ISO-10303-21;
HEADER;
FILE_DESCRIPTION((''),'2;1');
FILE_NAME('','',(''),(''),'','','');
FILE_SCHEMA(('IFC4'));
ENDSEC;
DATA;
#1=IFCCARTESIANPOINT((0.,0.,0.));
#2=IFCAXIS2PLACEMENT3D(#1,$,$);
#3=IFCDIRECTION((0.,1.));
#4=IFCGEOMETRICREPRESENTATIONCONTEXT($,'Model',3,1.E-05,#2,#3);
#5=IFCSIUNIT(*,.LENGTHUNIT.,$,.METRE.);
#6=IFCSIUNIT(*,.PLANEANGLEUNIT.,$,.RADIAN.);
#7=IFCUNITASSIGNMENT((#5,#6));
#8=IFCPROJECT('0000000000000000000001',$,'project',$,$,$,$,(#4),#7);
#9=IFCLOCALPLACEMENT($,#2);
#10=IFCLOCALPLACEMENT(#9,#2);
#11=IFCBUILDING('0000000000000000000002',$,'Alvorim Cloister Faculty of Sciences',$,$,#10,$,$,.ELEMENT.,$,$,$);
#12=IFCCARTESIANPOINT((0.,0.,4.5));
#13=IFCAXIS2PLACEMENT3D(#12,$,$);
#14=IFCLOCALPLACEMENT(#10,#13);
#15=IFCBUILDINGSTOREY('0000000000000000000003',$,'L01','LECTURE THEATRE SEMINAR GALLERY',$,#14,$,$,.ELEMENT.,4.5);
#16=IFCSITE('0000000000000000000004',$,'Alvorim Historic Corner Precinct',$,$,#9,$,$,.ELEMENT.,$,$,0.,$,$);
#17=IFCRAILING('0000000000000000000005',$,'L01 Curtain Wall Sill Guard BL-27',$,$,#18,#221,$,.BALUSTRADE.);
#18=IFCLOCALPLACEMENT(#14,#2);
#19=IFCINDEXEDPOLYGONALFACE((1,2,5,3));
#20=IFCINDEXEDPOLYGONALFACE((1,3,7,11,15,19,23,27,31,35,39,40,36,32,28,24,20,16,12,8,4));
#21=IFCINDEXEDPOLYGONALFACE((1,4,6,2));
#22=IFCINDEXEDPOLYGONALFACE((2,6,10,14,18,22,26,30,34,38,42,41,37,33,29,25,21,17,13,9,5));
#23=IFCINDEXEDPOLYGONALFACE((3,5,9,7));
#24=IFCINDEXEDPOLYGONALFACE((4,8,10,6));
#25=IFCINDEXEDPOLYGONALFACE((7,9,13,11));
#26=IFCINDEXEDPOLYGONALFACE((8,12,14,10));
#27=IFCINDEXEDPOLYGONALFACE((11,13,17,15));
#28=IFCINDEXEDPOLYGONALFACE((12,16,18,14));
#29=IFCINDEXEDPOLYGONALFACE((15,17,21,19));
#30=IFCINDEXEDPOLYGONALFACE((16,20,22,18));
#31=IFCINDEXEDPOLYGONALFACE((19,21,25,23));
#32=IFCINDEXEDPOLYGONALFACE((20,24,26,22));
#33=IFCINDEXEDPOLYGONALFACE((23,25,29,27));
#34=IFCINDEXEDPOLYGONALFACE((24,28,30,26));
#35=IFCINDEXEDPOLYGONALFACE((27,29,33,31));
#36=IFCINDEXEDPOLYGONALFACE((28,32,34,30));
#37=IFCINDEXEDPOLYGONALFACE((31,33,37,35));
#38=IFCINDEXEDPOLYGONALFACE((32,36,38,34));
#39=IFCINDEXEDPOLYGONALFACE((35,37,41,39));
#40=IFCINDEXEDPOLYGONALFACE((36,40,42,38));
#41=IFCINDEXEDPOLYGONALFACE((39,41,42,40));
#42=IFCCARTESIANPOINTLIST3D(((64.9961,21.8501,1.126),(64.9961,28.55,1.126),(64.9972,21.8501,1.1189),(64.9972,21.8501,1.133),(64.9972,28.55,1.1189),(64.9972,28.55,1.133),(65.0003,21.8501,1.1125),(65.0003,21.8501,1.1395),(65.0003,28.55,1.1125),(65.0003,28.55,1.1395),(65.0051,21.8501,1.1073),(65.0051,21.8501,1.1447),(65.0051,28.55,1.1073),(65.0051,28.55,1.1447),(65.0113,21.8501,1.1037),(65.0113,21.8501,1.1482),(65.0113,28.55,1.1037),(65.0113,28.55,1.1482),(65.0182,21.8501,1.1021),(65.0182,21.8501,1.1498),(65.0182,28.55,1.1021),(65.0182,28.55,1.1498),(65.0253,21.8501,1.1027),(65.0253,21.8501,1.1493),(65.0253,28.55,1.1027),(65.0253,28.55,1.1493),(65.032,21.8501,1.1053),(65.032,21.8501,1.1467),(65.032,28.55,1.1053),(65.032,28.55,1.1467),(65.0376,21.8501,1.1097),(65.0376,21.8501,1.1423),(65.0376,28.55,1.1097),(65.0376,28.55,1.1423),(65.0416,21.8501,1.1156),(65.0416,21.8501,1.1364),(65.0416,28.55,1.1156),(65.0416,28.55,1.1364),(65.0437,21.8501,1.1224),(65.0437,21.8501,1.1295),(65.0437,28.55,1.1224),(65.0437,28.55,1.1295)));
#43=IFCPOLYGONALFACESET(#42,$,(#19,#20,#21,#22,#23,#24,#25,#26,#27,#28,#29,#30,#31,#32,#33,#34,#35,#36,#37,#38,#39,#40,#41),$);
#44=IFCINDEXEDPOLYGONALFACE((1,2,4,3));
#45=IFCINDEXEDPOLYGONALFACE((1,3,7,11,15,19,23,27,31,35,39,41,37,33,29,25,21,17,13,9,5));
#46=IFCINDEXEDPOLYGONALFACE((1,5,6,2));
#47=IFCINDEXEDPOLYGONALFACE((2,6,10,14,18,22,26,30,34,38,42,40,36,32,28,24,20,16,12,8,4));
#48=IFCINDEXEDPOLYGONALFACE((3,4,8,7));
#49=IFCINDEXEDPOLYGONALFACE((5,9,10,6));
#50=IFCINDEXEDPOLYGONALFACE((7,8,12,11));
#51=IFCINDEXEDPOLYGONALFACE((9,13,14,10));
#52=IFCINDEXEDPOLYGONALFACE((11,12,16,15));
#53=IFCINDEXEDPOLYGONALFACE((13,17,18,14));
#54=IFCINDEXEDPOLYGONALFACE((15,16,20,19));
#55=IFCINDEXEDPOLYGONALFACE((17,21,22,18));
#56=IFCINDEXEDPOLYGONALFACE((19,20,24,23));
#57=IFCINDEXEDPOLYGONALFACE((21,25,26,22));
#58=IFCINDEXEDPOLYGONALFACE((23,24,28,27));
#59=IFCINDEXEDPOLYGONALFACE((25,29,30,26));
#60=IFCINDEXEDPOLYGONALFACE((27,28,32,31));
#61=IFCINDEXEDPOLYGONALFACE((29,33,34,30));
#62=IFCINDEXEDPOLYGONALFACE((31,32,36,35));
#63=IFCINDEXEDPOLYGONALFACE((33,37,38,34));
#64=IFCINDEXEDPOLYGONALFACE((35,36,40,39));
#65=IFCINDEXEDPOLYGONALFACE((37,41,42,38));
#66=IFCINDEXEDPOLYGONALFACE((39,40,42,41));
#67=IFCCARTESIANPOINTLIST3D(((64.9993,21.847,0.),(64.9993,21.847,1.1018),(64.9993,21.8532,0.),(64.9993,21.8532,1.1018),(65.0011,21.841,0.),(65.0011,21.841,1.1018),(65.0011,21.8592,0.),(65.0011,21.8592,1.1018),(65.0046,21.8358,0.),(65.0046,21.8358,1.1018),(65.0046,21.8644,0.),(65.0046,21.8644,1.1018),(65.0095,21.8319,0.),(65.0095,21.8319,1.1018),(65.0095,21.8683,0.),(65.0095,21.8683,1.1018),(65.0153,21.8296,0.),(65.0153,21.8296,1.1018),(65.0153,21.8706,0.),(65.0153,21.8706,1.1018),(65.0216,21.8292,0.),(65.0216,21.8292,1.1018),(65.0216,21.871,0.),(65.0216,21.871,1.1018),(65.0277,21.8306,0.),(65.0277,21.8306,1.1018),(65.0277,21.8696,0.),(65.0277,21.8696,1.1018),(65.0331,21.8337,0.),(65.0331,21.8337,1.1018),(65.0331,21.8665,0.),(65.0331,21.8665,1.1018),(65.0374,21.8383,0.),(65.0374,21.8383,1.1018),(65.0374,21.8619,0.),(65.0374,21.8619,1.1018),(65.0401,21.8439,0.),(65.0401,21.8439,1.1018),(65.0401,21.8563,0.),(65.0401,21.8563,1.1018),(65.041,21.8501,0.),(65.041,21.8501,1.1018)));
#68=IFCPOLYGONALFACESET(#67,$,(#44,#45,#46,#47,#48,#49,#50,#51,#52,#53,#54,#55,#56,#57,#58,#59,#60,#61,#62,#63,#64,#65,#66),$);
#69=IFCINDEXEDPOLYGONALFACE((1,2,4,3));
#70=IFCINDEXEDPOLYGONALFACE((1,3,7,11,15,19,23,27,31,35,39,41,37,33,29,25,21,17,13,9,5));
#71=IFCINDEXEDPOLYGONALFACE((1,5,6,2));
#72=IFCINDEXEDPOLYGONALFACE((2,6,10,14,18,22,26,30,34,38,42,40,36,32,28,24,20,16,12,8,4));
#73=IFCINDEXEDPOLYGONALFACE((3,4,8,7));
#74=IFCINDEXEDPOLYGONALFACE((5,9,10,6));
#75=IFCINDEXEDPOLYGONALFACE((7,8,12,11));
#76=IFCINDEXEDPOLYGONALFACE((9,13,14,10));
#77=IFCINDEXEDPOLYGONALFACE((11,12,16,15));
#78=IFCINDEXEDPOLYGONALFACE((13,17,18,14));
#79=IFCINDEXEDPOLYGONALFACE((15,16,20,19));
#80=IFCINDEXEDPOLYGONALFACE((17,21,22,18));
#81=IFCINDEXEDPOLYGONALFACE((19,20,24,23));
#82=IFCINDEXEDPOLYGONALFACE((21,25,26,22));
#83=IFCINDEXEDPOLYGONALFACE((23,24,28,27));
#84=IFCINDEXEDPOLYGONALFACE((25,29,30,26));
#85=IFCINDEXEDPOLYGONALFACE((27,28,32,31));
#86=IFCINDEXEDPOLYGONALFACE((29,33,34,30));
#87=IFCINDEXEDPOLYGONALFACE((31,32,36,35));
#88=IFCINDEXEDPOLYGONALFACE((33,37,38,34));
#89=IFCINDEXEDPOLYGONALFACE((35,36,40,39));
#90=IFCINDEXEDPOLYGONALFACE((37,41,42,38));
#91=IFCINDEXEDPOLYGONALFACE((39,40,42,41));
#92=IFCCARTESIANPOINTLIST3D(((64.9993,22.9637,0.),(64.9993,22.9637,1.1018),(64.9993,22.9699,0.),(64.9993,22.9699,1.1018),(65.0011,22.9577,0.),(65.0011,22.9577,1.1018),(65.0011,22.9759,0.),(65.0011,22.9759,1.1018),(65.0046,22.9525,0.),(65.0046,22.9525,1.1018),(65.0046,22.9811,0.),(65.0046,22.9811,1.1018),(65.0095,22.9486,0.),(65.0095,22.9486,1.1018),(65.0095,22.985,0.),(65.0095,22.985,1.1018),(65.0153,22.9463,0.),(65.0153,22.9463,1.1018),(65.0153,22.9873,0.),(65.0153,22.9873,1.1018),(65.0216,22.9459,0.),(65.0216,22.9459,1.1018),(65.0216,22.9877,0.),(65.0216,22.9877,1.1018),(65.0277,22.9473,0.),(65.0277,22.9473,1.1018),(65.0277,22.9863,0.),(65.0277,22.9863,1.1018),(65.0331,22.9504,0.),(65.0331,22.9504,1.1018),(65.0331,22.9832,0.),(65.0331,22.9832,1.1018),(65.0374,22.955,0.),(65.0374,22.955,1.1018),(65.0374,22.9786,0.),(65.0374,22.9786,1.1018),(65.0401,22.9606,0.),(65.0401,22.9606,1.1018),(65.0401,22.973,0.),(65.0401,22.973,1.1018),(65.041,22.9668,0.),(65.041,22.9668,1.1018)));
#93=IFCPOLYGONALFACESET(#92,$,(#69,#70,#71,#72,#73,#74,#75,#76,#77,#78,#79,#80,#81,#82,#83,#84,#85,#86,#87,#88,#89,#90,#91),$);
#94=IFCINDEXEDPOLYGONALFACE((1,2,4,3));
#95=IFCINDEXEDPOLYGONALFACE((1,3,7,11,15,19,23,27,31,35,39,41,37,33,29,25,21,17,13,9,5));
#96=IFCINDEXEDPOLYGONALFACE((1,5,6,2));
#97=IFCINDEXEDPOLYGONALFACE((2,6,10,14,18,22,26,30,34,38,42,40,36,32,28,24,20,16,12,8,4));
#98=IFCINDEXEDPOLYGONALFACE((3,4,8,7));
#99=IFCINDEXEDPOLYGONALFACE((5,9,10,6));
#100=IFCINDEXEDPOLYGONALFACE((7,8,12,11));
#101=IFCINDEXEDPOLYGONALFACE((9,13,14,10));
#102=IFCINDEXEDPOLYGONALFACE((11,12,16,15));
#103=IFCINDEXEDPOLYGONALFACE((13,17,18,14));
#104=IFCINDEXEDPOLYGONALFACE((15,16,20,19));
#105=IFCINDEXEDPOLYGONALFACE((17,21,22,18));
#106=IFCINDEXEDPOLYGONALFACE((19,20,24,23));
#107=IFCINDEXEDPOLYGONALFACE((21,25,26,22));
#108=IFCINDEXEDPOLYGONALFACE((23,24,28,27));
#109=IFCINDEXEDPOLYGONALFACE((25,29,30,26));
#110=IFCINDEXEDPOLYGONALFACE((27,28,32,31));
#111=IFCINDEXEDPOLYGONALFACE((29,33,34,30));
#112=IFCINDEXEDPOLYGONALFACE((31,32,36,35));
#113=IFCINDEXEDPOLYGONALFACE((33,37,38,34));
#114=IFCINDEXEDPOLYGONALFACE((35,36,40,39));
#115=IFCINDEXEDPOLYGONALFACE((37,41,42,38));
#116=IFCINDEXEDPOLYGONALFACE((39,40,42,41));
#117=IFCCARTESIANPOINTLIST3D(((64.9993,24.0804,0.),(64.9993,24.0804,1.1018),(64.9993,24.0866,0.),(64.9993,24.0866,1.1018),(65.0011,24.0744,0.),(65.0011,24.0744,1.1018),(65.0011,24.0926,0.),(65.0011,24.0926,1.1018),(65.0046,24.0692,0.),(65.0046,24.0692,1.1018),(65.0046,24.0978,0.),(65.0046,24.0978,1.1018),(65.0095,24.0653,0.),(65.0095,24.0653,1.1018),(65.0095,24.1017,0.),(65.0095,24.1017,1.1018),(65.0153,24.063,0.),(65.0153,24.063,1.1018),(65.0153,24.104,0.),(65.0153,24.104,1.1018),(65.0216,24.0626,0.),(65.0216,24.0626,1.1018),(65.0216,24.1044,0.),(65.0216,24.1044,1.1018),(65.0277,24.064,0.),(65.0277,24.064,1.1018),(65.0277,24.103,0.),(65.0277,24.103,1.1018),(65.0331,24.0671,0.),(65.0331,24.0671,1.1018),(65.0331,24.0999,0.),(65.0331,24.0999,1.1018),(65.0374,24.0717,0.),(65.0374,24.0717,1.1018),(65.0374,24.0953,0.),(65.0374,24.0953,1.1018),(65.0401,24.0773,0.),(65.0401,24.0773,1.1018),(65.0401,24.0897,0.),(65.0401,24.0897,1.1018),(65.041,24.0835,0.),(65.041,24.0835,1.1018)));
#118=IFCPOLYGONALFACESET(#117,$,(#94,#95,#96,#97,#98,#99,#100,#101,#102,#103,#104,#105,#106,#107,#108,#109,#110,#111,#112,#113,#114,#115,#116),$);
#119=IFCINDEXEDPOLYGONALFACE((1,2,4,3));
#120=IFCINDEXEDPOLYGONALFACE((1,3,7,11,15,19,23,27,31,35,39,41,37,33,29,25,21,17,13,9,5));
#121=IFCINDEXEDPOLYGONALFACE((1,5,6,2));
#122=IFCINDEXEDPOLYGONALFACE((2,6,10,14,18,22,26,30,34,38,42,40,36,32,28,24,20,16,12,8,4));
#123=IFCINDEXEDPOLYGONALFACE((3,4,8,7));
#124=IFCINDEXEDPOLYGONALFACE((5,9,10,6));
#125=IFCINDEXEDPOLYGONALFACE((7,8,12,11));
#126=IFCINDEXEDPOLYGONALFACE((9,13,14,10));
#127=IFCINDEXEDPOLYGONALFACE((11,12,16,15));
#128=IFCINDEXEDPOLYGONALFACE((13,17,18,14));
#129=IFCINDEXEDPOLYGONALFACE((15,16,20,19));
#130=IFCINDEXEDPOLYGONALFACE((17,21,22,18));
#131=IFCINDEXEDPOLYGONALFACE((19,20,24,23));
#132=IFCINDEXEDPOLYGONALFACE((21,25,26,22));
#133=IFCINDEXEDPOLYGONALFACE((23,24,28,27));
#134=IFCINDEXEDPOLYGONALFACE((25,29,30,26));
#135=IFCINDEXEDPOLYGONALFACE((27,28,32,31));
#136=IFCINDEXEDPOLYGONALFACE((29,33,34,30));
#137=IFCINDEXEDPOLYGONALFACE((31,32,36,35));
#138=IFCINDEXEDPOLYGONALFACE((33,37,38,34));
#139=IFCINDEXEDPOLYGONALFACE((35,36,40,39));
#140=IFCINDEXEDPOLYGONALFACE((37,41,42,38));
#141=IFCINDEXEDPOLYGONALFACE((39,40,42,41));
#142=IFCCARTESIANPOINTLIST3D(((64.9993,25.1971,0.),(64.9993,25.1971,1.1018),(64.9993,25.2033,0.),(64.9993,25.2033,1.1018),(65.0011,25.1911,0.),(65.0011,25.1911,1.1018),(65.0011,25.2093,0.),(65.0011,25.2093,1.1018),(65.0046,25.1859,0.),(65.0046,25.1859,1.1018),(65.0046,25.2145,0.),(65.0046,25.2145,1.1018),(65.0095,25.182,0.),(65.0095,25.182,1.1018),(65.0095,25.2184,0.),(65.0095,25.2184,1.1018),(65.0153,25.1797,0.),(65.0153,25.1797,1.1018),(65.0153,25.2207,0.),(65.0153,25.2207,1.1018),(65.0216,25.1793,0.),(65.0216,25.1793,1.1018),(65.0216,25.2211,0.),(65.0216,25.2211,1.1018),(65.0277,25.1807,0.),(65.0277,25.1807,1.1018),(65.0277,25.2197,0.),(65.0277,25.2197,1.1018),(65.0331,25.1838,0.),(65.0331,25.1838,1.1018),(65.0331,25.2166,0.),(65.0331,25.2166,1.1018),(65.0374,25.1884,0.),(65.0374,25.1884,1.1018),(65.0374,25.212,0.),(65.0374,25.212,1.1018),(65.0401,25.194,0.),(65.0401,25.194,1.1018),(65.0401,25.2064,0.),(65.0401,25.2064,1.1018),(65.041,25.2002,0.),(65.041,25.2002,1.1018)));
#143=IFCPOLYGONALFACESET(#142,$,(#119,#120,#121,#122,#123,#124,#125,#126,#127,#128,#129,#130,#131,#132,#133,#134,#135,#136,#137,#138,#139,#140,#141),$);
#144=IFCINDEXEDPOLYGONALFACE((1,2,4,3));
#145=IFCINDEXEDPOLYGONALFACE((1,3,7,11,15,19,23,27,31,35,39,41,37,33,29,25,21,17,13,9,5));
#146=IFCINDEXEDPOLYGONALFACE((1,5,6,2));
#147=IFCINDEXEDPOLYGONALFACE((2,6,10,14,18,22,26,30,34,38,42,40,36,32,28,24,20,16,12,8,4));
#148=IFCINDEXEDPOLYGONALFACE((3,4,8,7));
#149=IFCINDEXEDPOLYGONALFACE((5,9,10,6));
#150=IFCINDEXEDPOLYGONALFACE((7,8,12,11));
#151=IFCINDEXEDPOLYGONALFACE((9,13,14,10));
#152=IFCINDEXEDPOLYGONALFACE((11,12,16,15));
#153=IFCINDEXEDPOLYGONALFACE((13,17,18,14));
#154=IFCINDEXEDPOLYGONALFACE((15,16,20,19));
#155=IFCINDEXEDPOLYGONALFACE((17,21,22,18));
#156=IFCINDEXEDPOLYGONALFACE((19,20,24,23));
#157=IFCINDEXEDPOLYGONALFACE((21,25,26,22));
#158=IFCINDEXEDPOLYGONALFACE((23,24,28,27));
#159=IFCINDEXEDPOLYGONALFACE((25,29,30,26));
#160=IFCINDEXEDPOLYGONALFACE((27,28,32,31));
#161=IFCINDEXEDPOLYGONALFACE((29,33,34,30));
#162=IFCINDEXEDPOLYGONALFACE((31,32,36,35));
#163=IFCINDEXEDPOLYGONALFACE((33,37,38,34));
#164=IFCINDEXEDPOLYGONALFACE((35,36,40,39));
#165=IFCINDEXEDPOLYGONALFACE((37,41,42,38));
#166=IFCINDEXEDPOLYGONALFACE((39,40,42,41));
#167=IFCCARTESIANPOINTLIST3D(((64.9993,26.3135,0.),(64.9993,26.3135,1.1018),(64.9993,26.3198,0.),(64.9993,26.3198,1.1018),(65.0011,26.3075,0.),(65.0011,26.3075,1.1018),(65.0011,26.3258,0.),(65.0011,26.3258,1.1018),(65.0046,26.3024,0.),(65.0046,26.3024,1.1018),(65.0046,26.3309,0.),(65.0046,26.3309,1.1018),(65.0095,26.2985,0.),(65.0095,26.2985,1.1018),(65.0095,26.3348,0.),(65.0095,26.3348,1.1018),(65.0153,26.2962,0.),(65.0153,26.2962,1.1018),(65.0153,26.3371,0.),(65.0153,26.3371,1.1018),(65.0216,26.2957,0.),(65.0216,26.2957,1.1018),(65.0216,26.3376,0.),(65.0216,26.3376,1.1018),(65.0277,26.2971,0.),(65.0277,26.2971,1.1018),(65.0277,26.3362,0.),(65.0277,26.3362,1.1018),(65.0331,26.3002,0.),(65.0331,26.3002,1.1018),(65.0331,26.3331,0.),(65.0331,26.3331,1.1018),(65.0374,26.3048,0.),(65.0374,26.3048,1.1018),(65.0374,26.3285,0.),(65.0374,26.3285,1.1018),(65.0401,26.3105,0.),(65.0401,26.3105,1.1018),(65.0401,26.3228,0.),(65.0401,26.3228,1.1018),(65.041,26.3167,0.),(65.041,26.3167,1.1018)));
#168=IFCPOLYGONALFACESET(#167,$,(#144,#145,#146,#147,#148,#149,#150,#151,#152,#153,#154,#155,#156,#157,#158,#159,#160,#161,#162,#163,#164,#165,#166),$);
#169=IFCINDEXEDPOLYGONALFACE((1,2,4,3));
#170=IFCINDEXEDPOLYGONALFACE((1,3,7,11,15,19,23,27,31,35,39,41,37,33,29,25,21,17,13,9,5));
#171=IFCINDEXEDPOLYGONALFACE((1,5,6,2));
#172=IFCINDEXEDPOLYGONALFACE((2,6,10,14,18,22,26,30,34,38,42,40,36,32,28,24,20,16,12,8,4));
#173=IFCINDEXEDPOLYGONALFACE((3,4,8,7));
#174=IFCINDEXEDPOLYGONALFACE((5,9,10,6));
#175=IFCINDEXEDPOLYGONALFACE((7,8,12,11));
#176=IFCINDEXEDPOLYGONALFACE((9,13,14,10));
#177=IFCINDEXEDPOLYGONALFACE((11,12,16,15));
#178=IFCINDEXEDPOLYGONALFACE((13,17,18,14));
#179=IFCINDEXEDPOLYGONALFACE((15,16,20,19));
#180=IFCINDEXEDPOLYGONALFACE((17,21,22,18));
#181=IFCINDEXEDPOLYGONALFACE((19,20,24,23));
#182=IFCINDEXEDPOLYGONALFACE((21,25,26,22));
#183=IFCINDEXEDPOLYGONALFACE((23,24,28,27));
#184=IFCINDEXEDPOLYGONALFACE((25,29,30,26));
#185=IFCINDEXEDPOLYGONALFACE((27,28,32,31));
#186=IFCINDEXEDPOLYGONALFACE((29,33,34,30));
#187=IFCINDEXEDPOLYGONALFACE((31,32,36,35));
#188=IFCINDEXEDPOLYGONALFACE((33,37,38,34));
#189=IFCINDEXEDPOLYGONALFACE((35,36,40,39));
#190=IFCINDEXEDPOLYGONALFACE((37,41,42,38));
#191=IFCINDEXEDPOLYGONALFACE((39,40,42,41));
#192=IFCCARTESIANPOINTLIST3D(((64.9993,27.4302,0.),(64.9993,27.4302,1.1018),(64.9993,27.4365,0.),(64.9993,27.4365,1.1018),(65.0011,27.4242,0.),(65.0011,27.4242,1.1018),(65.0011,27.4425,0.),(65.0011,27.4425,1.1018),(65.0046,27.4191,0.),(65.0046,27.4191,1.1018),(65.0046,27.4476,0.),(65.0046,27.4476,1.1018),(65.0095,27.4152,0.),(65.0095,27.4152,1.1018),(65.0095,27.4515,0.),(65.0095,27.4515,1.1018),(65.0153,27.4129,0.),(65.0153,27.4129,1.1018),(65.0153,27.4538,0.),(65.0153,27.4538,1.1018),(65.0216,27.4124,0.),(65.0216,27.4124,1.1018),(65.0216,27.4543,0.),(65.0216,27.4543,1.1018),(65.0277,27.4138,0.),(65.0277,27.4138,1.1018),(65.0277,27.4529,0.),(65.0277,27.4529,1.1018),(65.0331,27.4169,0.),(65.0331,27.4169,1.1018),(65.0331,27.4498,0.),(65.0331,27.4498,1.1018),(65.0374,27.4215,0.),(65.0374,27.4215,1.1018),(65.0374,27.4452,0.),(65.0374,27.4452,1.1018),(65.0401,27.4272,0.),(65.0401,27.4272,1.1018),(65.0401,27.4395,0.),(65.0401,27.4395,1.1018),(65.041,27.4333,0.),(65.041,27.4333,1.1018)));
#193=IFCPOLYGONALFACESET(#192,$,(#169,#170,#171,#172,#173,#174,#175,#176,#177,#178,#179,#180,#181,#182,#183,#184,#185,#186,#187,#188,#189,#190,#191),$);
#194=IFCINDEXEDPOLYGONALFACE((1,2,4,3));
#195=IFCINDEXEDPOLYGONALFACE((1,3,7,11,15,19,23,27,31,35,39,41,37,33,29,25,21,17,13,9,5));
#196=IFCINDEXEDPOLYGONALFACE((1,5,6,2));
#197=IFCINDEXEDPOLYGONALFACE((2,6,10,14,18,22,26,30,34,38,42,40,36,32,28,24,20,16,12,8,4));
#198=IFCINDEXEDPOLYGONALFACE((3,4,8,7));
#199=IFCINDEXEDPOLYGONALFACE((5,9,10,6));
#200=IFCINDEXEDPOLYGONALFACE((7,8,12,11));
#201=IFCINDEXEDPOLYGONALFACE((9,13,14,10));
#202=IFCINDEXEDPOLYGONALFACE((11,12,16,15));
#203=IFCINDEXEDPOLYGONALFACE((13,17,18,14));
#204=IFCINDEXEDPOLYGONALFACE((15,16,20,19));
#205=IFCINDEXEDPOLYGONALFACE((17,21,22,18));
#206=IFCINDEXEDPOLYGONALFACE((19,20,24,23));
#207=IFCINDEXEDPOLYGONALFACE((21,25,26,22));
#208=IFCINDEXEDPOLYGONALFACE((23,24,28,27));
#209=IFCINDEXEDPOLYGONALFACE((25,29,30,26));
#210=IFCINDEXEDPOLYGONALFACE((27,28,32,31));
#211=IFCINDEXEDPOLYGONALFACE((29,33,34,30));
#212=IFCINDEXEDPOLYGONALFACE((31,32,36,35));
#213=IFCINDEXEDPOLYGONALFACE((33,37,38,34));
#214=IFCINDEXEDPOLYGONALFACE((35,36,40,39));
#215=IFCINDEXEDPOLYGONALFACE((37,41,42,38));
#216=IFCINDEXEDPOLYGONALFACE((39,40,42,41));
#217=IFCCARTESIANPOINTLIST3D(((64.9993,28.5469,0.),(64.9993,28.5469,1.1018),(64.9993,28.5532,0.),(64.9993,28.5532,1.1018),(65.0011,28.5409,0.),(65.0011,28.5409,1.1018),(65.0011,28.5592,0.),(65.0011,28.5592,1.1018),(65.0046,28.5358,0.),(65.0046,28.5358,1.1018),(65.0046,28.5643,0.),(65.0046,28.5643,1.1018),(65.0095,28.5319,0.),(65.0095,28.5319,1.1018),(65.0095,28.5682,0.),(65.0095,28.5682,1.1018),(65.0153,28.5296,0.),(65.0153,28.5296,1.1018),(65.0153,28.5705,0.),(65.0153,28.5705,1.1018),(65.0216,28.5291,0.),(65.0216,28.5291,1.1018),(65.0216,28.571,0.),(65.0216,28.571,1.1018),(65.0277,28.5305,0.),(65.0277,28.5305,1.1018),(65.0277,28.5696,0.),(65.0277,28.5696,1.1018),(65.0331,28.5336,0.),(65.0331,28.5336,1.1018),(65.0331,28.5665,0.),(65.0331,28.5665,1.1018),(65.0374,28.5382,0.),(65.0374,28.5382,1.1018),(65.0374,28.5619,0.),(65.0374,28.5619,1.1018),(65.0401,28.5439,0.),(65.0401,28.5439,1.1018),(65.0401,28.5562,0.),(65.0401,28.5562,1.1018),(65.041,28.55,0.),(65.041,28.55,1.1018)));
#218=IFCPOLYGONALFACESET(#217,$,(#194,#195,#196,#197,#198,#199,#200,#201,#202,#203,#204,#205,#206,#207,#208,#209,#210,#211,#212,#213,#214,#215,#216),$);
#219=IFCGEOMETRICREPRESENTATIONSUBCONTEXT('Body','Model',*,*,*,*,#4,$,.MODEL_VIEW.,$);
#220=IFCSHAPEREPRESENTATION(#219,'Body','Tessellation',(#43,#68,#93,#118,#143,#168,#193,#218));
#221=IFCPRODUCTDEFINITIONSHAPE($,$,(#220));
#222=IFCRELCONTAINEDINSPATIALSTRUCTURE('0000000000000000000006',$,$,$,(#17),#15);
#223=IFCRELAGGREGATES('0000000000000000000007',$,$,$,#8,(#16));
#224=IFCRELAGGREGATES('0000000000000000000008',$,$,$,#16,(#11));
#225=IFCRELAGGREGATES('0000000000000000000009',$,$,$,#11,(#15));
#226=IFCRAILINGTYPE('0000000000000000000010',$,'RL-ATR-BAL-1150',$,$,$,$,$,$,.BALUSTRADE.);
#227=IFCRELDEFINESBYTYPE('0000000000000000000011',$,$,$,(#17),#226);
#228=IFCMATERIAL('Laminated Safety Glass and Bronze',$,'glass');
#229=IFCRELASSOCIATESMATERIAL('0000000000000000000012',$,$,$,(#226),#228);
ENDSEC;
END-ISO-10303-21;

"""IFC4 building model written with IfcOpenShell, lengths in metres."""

from ifc_helpers import new_model, si_unit, direction, frame, origin, origin_2d, place, context, subcontext, project, spatial, circle, extrude, material, type_object, element, save


model = new_model("IFC4")

# Units and contexts
model_context = context("Model", 3, precision=1e-05, world=origin(), true_north=direction((0.0, 1.0)))
body_context = subcontext(model_context, "Body", "Model", "MODEL_VIEW")
ifc_project = project(units=[si_unit("LENGTHUNIT", "METRE"), si_unit("PLANEANGLEUNIT", "RADIAN")], contexts=[model_context])

# Site, building, storey
site_placement = place(None, origin())
site = spatial("IfcSite", under=ifc_project, at=site_placement, Name="Alvorim Historic Corner Precinct", CompositionType="ELEMENT", RefElevation=0.0)
building_placement = place(site_placement, origin())
building = spatial("IfcBuilding", under=site, at=building_placement, Name="Alvorim Cloister Faculty of Sciences", CompositionType="ELEMENT")
storey_placement = place(building_placement, frame((0.0, 0.0, 4.5)))
storey = spatial("IfcBuildingStorey", under=building, at=storey_placement, Name="L01", Description="LECTURE THEATRE SEMINAR GALLERY", CompositionType="ELEMENT", Elevation=4.5)

# Railing
ifc_material_1 = material(Name="Laminated Safety Glass and Bronze", Category="glass")
railing_type_1 = type_object("IfcRailingType", Name="RL-ATR-BAL-1150", PredefinedType="BALUSTRADE", material=ifc_material_1)
railing_1_placement = place(storey_placement, frame((65.02, 21.8501, 0.0)))
element("IfcRailing", 1, at=railing_1_placement, inside=storey, type_object=railing_type_1, Name="L01 Curtain Wall Sill Guard BL-27", PredefinedType="BALUSTRADE", context=body_context, shape_type="SweptSolid", body=[
    extrude(circle(Radius=0.0239, at=origin_2d()), frame((0.0, 0.0, 1.126), z_axis=(0.0, 1.0, 0.0), x_axis=(-1.0, 0.0, 0.0)), (0.0, 0.0, 1.0), 6.7),
    extrude(circle(Radius=0.021, at=origin_2d()), origin(), (0.0, 0.0, 1.0), 1.1018),
    extrude(circle(Radius=0.021, at=origin_2d()), frame((0.0, 1.1167, 0.0)), (0.0, 0.0, 1.0), 1.1018),
    extrude(circle(Radius=0.021, at=origin_2d()), frame((0.0, 2.2334, 0.0)), (0.0, 0.0, 1.0), 1.1018),
    extrude(circle(Radius=0.021, at=origin_2d()), frame((0.0, 3.3501, 0.0)), (0.0, 0.0, 1.0), 1.1018),
    extrude(circle(Radius=0.021, at=origin_2d()), frame((0.0, 4.4666, 0.0)), (0.0, 0.0, 1.0), 1.1018),
    extrude(circle(Radius=0.021, at=origin_2d()), frame((0.0, 5.5833, 0.0)), (0.0, 0.0, 1.0), 1.1018),
    extrude(circle(Radius=0.021, at=origin_2d()), frame((0.0, 6.7, 0.0)), (0.0, 0.0, 1.0), 1.1018),
])

save(model, "model.ifc")
